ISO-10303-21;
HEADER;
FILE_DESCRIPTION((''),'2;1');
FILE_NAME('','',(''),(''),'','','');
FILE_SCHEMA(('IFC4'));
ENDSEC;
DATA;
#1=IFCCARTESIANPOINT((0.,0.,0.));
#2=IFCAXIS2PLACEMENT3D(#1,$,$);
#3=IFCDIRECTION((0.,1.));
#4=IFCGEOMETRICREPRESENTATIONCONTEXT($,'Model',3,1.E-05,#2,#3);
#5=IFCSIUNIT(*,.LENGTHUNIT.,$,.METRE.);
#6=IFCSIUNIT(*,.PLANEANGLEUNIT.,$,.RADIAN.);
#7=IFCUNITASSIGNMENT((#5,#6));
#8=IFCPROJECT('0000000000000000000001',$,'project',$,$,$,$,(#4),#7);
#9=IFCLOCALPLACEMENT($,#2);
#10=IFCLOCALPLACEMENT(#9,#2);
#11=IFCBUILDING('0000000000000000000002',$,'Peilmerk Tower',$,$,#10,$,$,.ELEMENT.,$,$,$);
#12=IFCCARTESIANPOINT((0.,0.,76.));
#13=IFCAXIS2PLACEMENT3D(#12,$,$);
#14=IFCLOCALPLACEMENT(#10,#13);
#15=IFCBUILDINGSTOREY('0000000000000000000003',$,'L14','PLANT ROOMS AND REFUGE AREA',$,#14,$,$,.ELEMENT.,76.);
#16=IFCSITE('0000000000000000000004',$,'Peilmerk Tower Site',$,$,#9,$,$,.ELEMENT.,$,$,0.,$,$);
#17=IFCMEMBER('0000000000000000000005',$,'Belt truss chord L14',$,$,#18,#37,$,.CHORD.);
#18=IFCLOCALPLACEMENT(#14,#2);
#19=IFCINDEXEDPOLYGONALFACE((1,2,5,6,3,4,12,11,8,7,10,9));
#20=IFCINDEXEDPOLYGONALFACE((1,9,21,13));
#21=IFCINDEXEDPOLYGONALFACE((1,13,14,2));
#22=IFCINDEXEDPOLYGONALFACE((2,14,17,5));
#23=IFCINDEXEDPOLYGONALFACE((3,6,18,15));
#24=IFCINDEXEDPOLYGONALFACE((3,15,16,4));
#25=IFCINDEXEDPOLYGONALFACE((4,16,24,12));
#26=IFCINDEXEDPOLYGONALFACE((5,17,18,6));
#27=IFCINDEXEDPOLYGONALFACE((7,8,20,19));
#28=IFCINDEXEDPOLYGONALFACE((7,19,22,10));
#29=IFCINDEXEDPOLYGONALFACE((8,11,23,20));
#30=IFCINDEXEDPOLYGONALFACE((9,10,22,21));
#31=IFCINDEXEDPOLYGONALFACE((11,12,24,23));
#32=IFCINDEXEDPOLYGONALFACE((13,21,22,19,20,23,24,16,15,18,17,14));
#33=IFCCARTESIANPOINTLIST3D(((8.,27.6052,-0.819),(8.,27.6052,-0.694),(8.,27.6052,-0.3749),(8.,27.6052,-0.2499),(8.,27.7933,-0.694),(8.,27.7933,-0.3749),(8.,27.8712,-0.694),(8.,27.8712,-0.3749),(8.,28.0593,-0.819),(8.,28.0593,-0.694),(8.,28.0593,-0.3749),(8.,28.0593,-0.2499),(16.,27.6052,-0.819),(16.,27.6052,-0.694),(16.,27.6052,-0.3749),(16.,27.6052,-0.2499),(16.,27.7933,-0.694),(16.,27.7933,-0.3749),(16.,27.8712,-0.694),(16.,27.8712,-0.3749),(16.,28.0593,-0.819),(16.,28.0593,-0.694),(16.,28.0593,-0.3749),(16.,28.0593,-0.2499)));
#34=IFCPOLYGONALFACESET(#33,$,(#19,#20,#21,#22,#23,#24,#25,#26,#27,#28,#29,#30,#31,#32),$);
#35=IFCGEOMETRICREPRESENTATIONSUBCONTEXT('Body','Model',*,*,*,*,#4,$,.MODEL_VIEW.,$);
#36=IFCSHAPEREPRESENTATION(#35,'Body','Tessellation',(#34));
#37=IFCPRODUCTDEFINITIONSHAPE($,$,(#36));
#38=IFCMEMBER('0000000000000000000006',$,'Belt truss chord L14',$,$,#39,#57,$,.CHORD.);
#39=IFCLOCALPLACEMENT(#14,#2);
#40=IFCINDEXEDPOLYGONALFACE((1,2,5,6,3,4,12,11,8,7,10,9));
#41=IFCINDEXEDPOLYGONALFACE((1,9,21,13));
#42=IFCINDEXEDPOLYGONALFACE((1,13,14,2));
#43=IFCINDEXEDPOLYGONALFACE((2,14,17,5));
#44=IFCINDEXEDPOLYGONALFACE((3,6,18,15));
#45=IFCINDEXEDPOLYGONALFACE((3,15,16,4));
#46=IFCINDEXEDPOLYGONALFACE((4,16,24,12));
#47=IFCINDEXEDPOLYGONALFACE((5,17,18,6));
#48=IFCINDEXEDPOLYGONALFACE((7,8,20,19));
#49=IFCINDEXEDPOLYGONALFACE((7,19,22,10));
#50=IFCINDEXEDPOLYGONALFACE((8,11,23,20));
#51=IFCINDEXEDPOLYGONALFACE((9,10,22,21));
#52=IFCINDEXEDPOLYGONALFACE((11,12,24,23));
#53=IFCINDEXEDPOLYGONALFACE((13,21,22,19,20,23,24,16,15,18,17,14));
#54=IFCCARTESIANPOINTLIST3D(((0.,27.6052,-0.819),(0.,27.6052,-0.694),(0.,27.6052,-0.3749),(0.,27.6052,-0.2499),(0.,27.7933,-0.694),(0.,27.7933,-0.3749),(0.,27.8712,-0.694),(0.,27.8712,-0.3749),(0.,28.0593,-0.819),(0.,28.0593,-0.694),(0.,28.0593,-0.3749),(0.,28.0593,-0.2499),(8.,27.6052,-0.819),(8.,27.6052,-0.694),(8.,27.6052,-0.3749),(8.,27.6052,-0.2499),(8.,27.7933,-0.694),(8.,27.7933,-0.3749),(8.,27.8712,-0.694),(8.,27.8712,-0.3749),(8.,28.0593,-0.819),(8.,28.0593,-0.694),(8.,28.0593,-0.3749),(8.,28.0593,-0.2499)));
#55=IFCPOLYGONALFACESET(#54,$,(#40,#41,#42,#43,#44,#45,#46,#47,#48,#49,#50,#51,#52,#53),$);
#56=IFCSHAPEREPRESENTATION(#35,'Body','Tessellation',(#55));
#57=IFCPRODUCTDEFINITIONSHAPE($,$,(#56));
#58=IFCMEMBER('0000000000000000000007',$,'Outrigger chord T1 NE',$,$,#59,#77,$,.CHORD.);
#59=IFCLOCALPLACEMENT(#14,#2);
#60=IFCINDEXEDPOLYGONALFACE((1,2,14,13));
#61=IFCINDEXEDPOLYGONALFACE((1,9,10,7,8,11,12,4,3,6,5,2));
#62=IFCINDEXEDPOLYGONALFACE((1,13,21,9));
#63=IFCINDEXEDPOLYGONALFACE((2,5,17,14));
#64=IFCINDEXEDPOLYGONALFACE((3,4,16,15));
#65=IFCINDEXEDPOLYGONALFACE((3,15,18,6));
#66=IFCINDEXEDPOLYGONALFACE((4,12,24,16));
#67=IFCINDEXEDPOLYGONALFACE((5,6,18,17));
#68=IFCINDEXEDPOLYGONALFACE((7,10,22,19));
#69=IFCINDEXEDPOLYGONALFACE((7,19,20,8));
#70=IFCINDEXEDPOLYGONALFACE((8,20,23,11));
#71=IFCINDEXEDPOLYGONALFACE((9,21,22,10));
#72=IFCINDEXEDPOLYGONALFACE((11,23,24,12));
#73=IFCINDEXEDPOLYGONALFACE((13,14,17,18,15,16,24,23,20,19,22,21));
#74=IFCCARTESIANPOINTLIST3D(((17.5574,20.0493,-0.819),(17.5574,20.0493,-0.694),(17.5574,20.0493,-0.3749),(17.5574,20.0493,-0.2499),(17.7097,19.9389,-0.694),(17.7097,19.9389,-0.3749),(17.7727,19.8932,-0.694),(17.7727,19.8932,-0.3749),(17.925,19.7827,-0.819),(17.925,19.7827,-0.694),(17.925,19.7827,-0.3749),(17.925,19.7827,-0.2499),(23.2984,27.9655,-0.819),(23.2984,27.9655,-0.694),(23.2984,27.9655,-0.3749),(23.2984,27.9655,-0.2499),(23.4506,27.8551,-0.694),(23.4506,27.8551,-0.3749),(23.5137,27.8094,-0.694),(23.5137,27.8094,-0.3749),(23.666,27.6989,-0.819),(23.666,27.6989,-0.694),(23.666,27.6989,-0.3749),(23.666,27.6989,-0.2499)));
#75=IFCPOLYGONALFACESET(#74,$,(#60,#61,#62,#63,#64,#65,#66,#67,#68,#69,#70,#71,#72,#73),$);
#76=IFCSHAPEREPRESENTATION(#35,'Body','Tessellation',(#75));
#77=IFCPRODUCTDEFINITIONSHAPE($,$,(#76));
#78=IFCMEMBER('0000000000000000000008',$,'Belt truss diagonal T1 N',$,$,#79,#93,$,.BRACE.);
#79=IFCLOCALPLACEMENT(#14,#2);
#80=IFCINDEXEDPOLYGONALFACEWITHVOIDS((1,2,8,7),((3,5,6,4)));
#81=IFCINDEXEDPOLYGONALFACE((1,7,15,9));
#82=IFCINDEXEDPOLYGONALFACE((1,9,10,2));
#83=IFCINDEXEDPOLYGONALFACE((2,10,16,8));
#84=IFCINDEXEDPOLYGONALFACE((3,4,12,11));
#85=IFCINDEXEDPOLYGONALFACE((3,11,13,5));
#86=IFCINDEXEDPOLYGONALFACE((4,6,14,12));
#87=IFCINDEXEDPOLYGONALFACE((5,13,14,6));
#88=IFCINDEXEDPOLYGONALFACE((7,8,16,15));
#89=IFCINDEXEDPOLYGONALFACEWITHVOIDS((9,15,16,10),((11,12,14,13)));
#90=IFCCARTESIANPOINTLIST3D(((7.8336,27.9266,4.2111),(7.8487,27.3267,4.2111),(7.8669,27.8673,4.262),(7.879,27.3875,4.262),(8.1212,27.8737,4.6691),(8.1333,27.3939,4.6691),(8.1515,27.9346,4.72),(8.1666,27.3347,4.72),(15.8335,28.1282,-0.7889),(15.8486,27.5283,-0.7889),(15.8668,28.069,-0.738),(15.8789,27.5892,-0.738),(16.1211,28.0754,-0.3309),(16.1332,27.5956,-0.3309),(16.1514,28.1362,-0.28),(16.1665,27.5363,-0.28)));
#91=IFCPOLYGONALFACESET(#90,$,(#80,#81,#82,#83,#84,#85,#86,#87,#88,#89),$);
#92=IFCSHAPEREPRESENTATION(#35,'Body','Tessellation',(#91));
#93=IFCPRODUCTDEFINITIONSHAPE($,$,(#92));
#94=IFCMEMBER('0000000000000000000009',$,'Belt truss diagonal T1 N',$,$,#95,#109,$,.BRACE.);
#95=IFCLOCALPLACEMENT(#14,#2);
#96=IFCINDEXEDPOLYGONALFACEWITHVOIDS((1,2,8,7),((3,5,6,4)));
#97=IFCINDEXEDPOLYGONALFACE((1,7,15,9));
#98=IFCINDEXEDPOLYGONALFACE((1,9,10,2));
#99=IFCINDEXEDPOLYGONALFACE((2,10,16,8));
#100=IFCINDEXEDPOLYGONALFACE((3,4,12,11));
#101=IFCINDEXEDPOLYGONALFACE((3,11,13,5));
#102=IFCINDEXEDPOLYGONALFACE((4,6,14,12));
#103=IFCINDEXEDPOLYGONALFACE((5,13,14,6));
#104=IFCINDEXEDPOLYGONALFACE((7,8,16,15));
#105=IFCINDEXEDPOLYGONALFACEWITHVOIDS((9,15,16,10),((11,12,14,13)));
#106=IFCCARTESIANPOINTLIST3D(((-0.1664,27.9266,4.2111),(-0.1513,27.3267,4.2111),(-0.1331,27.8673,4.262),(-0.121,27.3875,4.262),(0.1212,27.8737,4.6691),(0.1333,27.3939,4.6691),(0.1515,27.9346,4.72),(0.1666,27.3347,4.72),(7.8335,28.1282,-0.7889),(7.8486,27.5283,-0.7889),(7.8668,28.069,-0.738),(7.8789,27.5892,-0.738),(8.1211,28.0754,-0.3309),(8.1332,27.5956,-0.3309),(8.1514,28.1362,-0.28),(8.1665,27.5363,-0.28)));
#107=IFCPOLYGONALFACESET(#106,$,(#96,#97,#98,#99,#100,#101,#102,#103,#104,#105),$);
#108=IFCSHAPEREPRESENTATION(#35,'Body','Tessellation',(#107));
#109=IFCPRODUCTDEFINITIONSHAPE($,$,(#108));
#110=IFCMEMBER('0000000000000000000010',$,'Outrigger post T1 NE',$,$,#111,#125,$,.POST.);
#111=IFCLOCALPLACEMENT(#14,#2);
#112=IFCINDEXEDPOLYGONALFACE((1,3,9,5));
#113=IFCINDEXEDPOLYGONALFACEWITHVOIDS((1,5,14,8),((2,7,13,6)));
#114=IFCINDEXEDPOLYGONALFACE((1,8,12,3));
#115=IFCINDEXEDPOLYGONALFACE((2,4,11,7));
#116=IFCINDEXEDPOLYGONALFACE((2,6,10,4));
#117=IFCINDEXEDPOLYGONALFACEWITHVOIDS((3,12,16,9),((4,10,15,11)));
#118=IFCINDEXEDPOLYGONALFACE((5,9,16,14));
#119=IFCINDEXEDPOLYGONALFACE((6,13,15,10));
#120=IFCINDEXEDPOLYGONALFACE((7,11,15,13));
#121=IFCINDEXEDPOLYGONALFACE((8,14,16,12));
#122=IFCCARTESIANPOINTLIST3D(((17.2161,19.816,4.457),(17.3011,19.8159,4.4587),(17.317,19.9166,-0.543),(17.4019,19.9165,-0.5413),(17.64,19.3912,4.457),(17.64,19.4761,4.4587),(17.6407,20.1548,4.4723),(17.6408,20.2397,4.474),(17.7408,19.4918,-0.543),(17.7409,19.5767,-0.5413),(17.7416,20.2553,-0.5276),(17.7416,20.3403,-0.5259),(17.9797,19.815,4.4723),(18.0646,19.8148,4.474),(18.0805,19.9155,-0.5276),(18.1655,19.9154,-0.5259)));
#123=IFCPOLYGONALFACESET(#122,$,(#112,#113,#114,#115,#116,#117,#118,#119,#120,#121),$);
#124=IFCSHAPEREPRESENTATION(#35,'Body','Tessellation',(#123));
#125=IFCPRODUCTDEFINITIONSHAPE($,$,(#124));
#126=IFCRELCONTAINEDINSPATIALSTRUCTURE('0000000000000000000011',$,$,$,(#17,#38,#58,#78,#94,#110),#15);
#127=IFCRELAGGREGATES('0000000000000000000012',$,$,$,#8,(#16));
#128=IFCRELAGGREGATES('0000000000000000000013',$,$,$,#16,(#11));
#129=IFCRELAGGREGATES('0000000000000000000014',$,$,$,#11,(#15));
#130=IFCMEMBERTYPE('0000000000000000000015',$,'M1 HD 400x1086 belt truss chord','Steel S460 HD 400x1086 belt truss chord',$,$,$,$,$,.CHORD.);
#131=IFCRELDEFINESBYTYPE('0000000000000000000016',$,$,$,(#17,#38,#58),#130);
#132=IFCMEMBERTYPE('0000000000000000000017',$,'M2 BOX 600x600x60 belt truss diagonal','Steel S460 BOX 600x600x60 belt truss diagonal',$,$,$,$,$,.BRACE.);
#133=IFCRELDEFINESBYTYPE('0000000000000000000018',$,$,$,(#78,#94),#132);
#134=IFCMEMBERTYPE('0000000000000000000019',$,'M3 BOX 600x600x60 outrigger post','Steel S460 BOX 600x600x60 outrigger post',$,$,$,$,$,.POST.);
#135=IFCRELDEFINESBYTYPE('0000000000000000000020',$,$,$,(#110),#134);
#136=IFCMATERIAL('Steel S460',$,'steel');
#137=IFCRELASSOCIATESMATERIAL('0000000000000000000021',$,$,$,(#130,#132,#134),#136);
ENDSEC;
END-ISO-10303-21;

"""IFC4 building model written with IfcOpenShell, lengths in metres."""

from ifc_helpers import new_model, si_unit, direction, frame, origin, origin_2d, place, context, subcontext, project, spatial, hollow_rectangle, i_section, extrude, material, material_profile, profile_set, type_object, element, save


model = new_model("IFC4")

# Units and contexts
model_context = context("Model", 3, precision=1e-05, world=origin(), true_north=direction((0.0, 1.0)))
body_context = subcontext(model_context, "Body", "Model", "MODEL_VIEW")
ifc_project = project(units=[si_unit("LENGTHUNIT", "METRE"), si_unit("PLANEANGLEUNIT", "RADIAN")], contexts=[model_context])

# Site, building, storey
site_placement = place(None, origin())
site = spatial("IfcSite", under=ifc_project, at=site_placement, Name="Peilmerk Tower Site", CompositionType="ELEMENT", RefElevation=0.0)
building_placement = place(site_placement, origin())
building = spatial("IfcBuilding", under=site, at=building_placement, Name="Peilmerk Tower", CompositionType="ELEMENT")
storey_placement = place(building_placement, frame((0.0, 0.0, 76.0)))
storey = spatial("IfcBuildingStorey", under=building, at=storey_placement, Name="L14", Description="PLANT ROOMS AND REFUGE AREA", CompositionType="ELEMENT", Elevation=76.0)

# Shared definitions
ifc_material_1 = material(Name="Steel S460", Category="steel")

# Members
ifc_material_profile_1 = material_profile(ifc_material_1, i_section(OverallWidth=0.4541, OverallDepth=0.5691, WebThickness=0.0779, FlangeThickness=0.125, at=origin_2d()), Name="HD 400x1086")
ifc_profile_set_1 = profile_set([ifc_material_profile_1], Name="Steel S460")
member_type_1 = type_object("IfcMemberType", Name="M1 HD 400x1086 belt truss chord", Description="Steel S460 HD 400x1086 belt truss chord", PredefinedType="CHORD", material=ifc_profile_set_1)
for number, where, z_axis, x_axis, name in (
    (1, (16.0, 27.8323, -0.5344), (-1.0, 0.0, 0.0), (0.0, -1.0, 0.0), "Belt truss chord L14"),
    (2, (8.0, 27.8323, -0.5344), (-1.0, 0.0, 0.0), (0.0, -1.0, 0.0), "Belt truss chord L14"),
):
    element("IfcMember", number, at=place(storey_placement, frame(where, z_axis=z_axis, x_axis=x_axis)), inside=storey, type_object=member_type_1, Name=name, PredefinedType="CHORD", context=body_context, shape_type="SweptSolid", body=[
        extrude(i_section(OverallWidth=0.4541, OverallDepth=0.5691, WebThickness=0.0779, FlangeThickness=0.125, at=origin_2d()), origin(), (0.0, 0.0, 1.0), 8.0),
    ])
member_1_placement = place(storey_placement, frame((17.7412, 19.916, -0.5344), z_axis=(0.58708, 0.809529, 0.0), x_axis=(-0.809529, 0.58708, 0.0)))
element("IfcMember", 3, at=member_1_placement, inside=storey, type_object=member_type_1, Name="Outrigger chord T1 NE", PredefinedType="CHORD", context=body_context, shape_type="SweptSolid", body=[
    extrude(i_section(OverallWidth=0.4541, OverallDepth=0.5691, WebThickness=0.0779, FlangeThickness=0.125, at=origin_2d()), origin(), (0.0, 0.0, 1.0), 9.7788),
])
ifc_material_profile_2 = material_profile(ifc_material_1, hollow_rectangle(XDim=0.6001, YDim=0.6001, WallThickness=0.0601, at=origin_2d()), Name="BOX 600x600x60")
ifc_profile_set_2 = profile_set([ifc_material_profile_2], Name="Steel S460")
member_type_2 = type_object("IfcMemberType", Name="M2 BOX 600x600x60 belt truss diagonal", Description="Steel S460 BOX 600x600x60 belt truss diagonal", PredefinedType="BRACE", material=ifc_profile_set_2)
for number, where, z_axis, x_axis, name in (
    (4, (16.0, 27.8323, -0.5344), (-0.847805, -0.021371, 0.529878), (0.0252, -0.999682, 0.0), "Belt truss diagonal T1 N"),
    (5, (8.0, 27.8323, -0.5344), (-0.847805, -0.021371, 0.529878), (0.0252, -0.999682, 0.0), "Belt truss diagonal T1 N"),
):
    element("IfcMember", number, at=place(storey_placement, frame(where, z_axis=z_axis, x_axis=x_axis)), inside=storey, type_object=member_type_2, Name=name, PredefinedType="BRACE", context=body_context, shape_type="SweptSolid", body=[
        extrude(hollow_rectangle(XDim=0.6001, YDim=0.6001, WallThickness=0.0601, at=origin_2d()), origin(), (0.0, 0.0, 1.0), 9.436),
    ])
ifc_material_profile_3 = material_profile(ifc_material_1, hollow_rectangle(XDim=0.6001, YDim=0.6001, WallThickness=0.0601, at=origin_2d()), Name="BOX 600x600x60")
ifc_profile_set_3 = profile_set([ifc_material_profile_3], Name="Steel S460")
member_type_3 = type_object("IfcMemberType", Name="M3 BOX 600x600x60 outrigger post", Description="Steel S460 BOX 600x600x60 outrigger post", PredefinedType="POST", material=ifc_profile_set_3)
member_2_placement = place(storey_placement, frame((17.7412, 19.916, -0.5344), z_axis=(-0.020158, -0.020109, 0.999595), x_axis=(0.706249, -0.707963, 0.0)))
element("IfcMember", 6, at=member_2_placement, inside=storey, type_object=member_type_3, Name="Outrigger post T1 NE", PredefinedType="POST", context=body_context, shape_type="SweptSolid", body=[
    extrude(hollow_rectangle(XDim=0.6001, YDim=0.6001, WallThickness=0.0601, at=origin_2d()), origin(), (0.0, 0.0, 1.0), 5.002),
])

save(model, "model.ifc")
